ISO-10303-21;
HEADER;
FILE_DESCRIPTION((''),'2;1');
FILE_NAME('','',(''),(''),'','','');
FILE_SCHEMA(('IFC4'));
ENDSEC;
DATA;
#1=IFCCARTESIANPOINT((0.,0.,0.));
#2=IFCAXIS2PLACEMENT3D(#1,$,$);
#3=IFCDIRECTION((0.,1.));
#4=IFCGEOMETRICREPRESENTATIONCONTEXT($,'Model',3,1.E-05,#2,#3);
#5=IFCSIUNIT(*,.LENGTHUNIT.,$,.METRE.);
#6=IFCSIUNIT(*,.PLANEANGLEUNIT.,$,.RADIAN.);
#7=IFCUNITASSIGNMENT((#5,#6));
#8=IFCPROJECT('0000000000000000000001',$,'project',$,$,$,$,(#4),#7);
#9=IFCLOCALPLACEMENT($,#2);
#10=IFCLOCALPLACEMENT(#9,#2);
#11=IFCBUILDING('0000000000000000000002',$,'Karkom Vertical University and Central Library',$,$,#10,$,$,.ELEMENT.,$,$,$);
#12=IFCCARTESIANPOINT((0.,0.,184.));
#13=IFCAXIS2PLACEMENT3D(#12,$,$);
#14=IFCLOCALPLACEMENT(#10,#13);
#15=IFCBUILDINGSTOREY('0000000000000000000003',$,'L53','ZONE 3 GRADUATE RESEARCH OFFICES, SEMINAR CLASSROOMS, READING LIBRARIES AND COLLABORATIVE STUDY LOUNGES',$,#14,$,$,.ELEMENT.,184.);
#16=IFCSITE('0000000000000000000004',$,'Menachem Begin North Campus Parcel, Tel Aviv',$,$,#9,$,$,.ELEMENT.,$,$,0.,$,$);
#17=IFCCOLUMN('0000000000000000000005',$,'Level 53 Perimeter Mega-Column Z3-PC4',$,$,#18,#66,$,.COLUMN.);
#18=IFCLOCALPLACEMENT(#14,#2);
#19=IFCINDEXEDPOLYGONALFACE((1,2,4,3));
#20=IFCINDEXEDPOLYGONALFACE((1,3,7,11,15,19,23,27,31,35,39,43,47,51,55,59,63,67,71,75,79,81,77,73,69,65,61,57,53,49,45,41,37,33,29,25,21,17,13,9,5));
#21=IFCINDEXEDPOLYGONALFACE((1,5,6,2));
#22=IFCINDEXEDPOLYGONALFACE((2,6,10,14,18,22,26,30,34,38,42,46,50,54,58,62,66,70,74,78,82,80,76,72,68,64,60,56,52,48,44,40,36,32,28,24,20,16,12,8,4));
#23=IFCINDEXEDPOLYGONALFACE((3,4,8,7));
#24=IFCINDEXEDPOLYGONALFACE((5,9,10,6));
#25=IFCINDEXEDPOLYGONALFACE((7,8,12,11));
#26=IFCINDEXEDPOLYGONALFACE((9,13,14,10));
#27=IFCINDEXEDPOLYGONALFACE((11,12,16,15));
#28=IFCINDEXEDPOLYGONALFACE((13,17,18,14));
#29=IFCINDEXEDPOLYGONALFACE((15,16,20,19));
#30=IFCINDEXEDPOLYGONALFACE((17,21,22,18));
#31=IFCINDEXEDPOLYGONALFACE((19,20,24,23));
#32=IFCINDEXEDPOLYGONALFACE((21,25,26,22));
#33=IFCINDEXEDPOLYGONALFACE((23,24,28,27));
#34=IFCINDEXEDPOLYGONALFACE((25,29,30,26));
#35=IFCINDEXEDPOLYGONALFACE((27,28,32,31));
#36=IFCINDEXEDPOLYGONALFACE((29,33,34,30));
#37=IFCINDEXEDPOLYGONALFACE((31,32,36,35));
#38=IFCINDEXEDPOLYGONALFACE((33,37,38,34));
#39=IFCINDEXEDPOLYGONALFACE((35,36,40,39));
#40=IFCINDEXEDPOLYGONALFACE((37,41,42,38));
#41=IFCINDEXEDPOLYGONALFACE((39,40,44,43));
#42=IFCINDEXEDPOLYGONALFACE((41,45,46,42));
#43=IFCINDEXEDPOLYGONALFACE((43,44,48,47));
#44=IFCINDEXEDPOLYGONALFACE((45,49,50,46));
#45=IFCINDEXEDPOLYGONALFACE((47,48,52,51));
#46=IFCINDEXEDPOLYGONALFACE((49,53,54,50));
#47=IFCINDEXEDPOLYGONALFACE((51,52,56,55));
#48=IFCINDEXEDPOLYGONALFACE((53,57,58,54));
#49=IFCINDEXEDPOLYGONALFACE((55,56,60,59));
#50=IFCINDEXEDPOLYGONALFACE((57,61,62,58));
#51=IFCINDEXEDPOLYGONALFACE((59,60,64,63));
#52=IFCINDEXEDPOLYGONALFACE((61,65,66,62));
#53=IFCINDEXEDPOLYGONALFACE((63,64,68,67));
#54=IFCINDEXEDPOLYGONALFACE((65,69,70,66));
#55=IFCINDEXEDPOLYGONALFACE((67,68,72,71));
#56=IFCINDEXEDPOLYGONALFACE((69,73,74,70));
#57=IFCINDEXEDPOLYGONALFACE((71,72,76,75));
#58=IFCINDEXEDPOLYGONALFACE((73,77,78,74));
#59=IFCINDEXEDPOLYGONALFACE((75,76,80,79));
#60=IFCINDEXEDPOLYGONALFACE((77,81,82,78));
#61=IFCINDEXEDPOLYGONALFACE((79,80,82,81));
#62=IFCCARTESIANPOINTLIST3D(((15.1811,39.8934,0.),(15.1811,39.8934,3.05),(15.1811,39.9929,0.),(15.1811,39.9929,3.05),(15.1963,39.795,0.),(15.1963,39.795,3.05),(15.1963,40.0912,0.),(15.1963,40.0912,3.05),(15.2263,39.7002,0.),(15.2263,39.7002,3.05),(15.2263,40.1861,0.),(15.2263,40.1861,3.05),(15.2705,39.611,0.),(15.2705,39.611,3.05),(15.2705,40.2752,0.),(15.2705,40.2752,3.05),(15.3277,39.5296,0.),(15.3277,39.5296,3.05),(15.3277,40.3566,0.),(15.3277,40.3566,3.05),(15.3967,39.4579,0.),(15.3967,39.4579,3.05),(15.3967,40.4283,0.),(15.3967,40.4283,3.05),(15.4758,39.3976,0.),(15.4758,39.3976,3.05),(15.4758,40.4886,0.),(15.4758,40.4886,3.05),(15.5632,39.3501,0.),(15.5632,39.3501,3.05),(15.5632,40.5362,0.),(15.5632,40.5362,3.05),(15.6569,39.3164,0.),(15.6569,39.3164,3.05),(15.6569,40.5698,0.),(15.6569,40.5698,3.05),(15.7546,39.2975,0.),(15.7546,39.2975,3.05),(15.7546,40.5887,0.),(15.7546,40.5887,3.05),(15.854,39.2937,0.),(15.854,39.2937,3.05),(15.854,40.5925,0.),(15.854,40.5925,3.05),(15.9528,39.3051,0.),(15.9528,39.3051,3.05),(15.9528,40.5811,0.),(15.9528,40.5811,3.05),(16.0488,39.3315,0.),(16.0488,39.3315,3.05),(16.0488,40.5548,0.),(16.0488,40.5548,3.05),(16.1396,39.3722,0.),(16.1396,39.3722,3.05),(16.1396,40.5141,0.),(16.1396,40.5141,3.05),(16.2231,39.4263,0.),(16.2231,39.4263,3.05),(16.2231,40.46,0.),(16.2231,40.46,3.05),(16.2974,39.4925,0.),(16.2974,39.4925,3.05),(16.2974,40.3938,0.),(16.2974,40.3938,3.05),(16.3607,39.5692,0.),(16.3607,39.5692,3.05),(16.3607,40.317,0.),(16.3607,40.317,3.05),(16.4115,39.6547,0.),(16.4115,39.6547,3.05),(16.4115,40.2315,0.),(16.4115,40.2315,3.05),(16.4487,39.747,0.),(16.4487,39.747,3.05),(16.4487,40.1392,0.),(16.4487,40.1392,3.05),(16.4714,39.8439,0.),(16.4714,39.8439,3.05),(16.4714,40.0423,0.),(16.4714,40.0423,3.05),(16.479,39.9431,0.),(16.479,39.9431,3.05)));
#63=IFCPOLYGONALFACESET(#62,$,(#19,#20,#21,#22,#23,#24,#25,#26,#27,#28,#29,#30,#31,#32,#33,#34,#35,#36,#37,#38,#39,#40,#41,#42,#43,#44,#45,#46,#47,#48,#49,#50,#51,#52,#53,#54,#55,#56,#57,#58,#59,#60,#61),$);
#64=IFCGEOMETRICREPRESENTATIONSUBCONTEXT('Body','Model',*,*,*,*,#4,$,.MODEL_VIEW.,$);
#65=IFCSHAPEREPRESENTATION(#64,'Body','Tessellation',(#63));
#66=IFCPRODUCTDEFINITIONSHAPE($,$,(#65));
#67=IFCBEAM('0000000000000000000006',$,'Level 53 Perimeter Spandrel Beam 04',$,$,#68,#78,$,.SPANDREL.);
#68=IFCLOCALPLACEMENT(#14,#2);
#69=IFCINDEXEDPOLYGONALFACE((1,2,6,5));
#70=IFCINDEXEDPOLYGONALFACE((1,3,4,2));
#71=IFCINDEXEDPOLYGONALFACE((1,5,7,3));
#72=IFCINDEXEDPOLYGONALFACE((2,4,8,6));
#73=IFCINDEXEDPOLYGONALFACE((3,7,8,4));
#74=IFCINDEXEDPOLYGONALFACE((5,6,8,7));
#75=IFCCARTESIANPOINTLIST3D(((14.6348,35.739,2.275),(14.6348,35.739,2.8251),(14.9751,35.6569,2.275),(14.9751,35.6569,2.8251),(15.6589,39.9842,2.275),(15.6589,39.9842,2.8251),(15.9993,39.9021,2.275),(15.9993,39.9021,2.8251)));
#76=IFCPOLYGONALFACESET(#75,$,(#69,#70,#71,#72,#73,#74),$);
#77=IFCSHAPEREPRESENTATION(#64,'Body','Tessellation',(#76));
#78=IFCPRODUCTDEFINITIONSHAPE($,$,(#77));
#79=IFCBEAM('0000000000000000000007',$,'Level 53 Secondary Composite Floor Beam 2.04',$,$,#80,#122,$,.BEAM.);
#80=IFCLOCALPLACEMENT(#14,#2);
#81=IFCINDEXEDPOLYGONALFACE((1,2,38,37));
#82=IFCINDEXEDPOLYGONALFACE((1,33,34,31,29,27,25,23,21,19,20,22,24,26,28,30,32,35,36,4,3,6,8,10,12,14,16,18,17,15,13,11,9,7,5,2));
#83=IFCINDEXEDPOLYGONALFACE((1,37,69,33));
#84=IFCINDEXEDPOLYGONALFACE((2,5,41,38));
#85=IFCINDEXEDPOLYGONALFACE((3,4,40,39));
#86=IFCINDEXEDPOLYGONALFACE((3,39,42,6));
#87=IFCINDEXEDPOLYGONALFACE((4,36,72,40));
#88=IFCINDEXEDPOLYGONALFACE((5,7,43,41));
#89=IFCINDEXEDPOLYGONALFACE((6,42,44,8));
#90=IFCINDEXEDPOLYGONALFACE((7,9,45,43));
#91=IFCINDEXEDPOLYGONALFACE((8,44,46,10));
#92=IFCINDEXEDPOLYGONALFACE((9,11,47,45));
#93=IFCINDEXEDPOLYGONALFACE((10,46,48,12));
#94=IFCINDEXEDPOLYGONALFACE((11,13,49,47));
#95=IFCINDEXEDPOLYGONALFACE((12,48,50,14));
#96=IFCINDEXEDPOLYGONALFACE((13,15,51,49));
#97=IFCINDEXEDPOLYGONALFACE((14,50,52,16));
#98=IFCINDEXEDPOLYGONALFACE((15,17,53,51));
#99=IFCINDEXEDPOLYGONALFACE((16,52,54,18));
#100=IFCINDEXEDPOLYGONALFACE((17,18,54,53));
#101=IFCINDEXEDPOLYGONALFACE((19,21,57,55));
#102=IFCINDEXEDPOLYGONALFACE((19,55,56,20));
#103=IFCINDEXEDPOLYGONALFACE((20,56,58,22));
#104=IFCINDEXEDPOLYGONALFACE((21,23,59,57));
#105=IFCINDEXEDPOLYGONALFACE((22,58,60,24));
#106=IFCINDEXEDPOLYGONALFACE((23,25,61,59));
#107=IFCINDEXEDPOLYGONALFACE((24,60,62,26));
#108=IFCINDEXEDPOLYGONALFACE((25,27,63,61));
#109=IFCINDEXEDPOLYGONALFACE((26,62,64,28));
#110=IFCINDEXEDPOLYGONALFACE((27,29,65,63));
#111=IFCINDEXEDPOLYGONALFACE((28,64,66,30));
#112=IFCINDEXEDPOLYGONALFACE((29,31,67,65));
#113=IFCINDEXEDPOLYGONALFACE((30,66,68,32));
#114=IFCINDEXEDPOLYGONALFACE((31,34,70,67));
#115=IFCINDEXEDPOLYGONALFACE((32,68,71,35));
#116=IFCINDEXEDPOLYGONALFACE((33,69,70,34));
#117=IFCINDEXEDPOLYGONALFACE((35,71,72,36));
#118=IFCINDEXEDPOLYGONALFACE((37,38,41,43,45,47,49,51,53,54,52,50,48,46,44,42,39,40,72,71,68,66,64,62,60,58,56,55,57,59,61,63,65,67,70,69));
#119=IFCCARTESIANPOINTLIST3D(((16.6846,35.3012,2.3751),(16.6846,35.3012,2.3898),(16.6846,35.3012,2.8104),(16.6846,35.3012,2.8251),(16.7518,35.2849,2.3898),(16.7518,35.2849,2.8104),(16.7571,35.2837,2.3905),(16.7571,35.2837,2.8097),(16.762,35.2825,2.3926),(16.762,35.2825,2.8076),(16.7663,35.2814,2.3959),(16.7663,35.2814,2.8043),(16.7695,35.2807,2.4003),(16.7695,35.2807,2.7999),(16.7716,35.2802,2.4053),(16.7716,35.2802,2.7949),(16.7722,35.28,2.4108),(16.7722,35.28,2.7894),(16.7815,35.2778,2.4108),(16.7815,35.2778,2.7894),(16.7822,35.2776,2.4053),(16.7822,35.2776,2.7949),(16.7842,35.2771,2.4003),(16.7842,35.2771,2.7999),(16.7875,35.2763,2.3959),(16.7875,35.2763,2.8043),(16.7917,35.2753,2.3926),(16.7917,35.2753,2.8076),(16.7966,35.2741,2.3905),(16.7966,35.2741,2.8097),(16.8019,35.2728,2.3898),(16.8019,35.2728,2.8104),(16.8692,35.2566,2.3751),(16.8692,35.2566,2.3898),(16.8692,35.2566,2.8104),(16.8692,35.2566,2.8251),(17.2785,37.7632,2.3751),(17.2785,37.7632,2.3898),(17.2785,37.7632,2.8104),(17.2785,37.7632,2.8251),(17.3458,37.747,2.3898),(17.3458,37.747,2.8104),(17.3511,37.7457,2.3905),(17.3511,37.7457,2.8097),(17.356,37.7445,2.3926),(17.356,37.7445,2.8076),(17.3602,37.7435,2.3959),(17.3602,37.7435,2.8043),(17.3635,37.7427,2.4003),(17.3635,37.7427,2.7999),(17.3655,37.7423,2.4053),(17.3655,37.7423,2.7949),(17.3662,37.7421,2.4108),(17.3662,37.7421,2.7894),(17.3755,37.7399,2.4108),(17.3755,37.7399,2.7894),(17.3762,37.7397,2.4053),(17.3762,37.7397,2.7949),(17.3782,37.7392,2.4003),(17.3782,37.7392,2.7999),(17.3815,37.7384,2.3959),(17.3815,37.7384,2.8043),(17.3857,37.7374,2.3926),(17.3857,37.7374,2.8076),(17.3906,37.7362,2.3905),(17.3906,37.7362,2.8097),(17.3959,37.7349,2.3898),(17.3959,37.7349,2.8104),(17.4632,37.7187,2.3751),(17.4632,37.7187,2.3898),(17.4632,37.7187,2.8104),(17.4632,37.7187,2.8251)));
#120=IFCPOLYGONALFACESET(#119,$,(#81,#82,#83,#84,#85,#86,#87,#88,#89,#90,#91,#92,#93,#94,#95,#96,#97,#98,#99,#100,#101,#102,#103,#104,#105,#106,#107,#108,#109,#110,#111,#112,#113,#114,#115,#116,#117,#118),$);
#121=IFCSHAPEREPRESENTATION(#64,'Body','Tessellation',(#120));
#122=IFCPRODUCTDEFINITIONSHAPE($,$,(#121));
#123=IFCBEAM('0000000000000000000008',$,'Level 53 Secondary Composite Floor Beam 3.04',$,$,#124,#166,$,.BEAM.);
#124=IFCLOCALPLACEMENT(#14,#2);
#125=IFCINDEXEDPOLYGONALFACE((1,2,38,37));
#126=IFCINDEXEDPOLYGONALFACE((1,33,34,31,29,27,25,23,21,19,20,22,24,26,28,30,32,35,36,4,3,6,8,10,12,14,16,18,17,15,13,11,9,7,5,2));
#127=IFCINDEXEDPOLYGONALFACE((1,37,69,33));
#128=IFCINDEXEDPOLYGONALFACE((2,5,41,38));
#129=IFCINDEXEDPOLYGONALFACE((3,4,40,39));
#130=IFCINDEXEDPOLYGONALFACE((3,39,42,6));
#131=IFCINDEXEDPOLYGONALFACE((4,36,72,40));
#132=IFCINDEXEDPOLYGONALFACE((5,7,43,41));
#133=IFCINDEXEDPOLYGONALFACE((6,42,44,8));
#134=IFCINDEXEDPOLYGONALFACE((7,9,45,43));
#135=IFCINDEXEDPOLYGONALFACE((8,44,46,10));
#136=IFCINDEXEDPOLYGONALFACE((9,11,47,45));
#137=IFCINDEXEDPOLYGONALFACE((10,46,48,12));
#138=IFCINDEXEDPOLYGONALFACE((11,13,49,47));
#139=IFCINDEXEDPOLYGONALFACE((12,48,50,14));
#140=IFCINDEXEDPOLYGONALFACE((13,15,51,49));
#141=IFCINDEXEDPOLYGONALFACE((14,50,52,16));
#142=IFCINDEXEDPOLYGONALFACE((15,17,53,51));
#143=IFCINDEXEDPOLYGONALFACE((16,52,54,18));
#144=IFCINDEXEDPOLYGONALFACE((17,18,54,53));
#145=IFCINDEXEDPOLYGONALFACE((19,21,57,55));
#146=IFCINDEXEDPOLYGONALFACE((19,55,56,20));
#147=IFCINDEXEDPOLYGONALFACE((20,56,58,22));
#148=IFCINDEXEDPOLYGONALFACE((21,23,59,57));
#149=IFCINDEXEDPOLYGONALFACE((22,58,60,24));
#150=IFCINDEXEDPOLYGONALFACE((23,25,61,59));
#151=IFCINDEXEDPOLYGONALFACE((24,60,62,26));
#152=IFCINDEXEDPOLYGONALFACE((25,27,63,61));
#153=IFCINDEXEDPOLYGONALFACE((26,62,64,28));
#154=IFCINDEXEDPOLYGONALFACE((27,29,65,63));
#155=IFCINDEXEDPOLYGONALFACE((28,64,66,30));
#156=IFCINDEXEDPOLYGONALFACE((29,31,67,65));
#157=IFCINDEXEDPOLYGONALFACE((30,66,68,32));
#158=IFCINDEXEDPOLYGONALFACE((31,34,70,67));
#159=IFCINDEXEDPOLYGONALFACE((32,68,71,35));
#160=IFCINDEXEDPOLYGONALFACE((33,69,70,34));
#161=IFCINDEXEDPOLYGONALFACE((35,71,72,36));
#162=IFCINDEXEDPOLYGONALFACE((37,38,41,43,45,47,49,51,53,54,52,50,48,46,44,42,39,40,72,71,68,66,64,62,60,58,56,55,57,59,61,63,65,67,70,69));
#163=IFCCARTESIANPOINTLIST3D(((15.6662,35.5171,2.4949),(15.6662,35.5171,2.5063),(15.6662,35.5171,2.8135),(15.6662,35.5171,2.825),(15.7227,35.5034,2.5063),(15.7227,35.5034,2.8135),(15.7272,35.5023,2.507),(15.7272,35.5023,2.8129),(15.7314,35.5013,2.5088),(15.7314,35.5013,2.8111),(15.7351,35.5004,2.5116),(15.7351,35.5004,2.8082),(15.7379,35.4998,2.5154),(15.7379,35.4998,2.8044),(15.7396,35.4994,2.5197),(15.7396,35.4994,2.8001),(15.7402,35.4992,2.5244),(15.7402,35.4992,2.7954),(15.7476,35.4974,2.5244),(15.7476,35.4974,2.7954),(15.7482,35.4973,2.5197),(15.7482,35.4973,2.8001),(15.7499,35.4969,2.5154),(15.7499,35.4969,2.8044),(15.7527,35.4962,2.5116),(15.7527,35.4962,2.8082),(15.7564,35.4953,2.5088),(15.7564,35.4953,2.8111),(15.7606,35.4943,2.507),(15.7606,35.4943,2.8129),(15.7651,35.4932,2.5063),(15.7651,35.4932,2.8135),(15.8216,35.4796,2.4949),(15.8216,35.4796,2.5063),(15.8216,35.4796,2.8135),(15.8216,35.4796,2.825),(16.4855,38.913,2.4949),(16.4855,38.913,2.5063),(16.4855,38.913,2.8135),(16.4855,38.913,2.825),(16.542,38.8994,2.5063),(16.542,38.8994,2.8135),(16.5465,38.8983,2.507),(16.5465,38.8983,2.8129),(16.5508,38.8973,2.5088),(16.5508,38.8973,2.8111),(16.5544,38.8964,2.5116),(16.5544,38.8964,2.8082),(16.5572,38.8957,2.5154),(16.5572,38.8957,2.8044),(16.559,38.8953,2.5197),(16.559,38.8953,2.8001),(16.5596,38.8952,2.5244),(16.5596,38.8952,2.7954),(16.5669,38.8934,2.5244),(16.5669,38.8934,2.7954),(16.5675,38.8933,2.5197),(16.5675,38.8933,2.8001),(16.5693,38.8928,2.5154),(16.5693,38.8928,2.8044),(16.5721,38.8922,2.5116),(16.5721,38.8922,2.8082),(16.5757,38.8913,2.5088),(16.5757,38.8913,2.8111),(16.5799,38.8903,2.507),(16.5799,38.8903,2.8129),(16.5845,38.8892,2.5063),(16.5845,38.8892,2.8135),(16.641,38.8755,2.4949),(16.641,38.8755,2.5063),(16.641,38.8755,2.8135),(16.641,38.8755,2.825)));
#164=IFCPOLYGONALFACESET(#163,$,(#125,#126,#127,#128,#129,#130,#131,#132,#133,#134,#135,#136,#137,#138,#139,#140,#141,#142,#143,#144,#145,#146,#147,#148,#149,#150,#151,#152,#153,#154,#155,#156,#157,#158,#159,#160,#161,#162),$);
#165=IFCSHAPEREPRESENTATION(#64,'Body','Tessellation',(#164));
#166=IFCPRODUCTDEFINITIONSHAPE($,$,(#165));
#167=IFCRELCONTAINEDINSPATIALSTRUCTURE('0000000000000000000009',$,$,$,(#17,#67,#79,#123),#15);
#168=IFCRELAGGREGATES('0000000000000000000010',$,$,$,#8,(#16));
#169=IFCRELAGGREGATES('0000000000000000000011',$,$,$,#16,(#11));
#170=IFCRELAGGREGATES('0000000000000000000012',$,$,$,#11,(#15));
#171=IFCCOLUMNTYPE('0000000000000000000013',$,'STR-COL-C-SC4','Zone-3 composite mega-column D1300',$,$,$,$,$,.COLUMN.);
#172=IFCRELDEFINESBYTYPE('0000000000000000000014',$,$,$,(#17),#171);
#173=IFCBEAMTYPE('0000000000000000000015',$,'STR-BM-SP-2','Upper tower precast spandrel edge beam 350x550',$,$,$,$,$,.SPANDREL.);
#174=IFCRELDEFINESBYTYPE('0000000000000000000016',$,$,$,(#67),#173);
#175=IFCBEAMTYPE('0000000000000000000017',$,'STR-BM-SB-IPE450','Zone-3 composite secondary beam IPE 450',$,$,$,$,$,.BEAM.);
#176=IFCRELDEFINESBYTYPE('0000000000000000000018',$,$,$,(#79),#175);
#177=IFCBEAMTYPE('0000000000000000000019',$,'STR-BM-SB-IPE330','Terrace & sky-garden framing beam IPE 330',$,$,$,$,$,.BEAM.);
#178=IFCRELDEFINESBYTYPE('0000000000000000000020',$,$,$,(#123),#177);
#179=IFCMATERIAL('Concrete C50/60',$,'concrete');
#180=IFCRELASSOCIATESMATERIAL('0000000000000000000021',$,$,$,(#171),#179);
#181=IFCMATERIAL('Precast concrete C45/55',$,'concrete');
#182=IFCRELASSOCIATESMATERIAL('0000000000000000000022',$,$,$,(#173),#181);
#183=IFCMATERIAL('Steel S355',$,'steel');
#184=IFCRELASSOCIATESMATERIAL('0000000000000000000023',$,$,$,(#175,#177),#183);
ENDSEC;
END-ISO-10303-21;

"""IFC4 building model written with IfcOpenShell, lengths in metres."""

from ifc_helpers import new_model, si_unit, direction, frame, origin, origin_with_axes, origin_2d, place, context, subcontext, project, spatial, rectangle, circle, i_section, extrude, source, transform, mapped, material, material_profile, profile_set, type_object, element, save


model = new_model("IFC4")

# Units and contexts
model_context = context("Model", 3, precision=1e-05, world=origin(), true_north=direction((0.0, 1.0)))
body_context = subcontext(model_context, "Body", "Model", "MODEL_VIEW")
ifc_project = project(units=[si_unit("LENGTHUNIT", "METRE"), si_unit("PLANEANGLEUNIT", "RADIAN")], contexts=[model_context])

# Site, building, storey
site_placement = place(None, origin())
site = spatial("IfcSite", under=ifc_project, at=site_placement, Name="Menachem Begin North Campus Parcel, Tel Aviv", CompositionType="ELEMENT", RefElevation=0.0)
building_placement = place(site_placement, origin())
building = spatial("IfcBuilding", under=site, at=building_placement, Name="Karkom Vertical University and Central Library", CompositionType="ELEMENT")
storey_placement = place(building_placement, frame((0.0, 0.0, 184.0)))
storey = spatial("IfcBuildingStorey", under=building, at=storey_placement, Name="L53", Description="ZONE 3 GRADUATE RESEARCH OFFICES, SEMINAR CLASSROOMS, READING LIBRARIES AND COLLABORATIVE STUDY LOUNGES", CompositionType="ELEMENT", Elevation=184.0)

# Column
ifc_material_1 = material(Name="Concrete C50/60", Category="concrete")
ifc_material_profile_1 = material_profile(ifc_material_1, circle(Radius=0.6499, at=origin_2d()), Name="CFT-D1300")
ifc_profile_set_1 = profile_set([ifc_material_profile_1], Name="Concrete C50/60")
column_type = type_object("IfcColumnType", Name="STR-COL-C-SC4", Description="Zone-3 composite mega-column D1300", PredefinedType="COLUMN", material=ifc_profile_set_1)
shared_shape_1 = source(origin_with_axes(), body_context, "Body", "SweptSolid", [
    extrude(circle(Radius=0.6499, at=origin_2d()), origin(), (0.0, 0.0, 1.0), 3.05),
])
column_placement = place(storey_placement, frame((15.8291, 39.9431, 0.0), z_axis=(0.0, 0.0, 1.0), x_axis=(1.0, 0.0, 0.0)))
element("IfcColumn", 1, at=column_placement, inside=storey, type_object=column_type, Name="Level 53 Perimeter Mega-Column Z3-PC4", PredefinedType="COLUMN", context=body_context, shape_type="MappedRepresentation", body=[
    mapped(shared_shape_1, transform((0.0, 0.0, 0.0), scale=1.0)),
])

# Beams
ifc_material_2 = material(Name="Precast concrete C45/55", Category="concrete")
ifc_material_profile_2 = material_profile(ifc_material_2, rectangle(XDim=0.3501, YDim=0.55, at=origin_2d()), Name="SPB-350x550")
ifc_profile_set_2 = profile_set([ifc_material_profile_2], Name="Precast concrete C45/55")
beam_type_1 = type_object("IfcBeamType", Name="STR-BM-SP-2", Description="Upper tower precast spandrel edge beam 350x550", PredefinedType="SPANDREL", material=ifc_profile_set_2)
shared_shape_2 = source(origin_with_axes(), body_context, "Body", "SweptSolid", [
    extrude(rectangle(XDim=0.3501, YDim=0.55, at=origin_2d()), origin(), (0.0, 0.0, 1.0), 4.3669),
])
beam_1_placement = place(storey_placement, frame((15.8291, 39.9431, 2.55), z_axis=(-0.234529, -0.972109, 0.0), x_axis=(0.972109, -0.234529, 0.0)))
element("IfcBeam", 2, at=beam_1_placement, inside=storey, type_object=beam_type_1, Name="Level 53 Perimeter Spandrel Beam 04", PredefinedType="SPANDREL", context=body_context, shape_type="MappedRepresentation", body=[
    mapped(shared_shape_2, transform((0.0, 0.0, 0.0), scale=1.0)),
])
ifc_material_3 = material(Name="Steel S355", Category="steel")
ifc_material_profile_3 = material_profile(ifc_material_3, i_section(OverallWidth=0.1899, OverallDepth=0.45, WebThickness=0.0095, FlangeThickness=0.0146, FilletRadius=0.021, at=origin_2d()), Name="IPE 450")
ifc_profile_set_3 = profile_set([ifc_material_profile_3], Name="Steel S355")
beam_type_2 = type_object("IfcBeamType", Name="STR-BM-SB-IPE450", Description="Zone-3 composite secondary beam IPE 450", PredefinedType="BEAM", material=ifc_profile_set_3)
shared_shape_3 = source(origin_with_axes(), body_context, "Body", "SweptSolid", [
    extrude(i_section(OverallWidth=0.1899, OverallDepth=0.45, WebThickness=0.0095, FlangeThickness=0.0146, FilletRadius=0.021, at=origin_2d()), origin(), (0.0, 0.0, 1.0), 2.5327),
])
beam_2_placement = place(storey_placement, frame((17.3708, 37.741, 2.6001), z_axis=(-0.234521, -0.972111, 0.0), x_axis=(0.972111, -0.234521, 0.0)))
element("IfcBeam", 3, at=beam_2_placement, inside=storey, type_object=beam_type_2, Name="Level 53 Secondary Composite Floor Beam 2.04", PredefinedType="BEAM", context=body_context, shape_type="MappedRepresentation", body=[
    mapped(shared_shape_3, transform((0.0, 0.0, 0.0), scale=1.0)),
])
ifc_material_profile_4 = material_profile(ifc_material_3, i_section(OverallWidth=0.1599, OverallDepth=0.3301, WebThickness=0.0076, FlangeThickness=0.0115, FilletRadius=0.0181, at=origin_2d()), Name="IPE 330")
ifc_profile_set_4 = profile_set([ifc_material_profile_4], Name="Steel S355")
beam_type_3 = type_object("IfcBeamType", Name="STR-BM-SB-IPE330", Description="Terrace & sky-garden framing beam IPE 330", PredefinedType="BEAM", material=ifc_profile_set_4)
shared_shape_4 = source(origin_with_axes(), body_context, "Body", "SweptSolid", [
    extrude(i_section(OverallWidth=0.1599, OverallDepth=0.3301, WebThickness=0.0076, FlangeThickness=0.0115, FilletRadius=0.0181, at=origin_2d()), origin(), (0.0, 0.0, 1.0), 3.4934),
])
beam_3_placement = place(storey_placement, frame((16.5632, 38.8943, 2.6599), z_axis=(-0.234536, -0.972107, 0.0), x_axis=(0.972107, -0.234536, 0.0)))
element("IfcBeam", 4, at=beam_3_placement, inside=storey, type_object=beam_type_3, Name="Level 53 Secondary Composite Floor Beam 3.04", PredefinedType="BEAM", context=body_context, shape_type="MappedRepresentation", body=[
    mapped(shared_shape_4, transform((0.0, 0.0, 0.0), scale=1.0)),
])

save(model, "model.ifc")
